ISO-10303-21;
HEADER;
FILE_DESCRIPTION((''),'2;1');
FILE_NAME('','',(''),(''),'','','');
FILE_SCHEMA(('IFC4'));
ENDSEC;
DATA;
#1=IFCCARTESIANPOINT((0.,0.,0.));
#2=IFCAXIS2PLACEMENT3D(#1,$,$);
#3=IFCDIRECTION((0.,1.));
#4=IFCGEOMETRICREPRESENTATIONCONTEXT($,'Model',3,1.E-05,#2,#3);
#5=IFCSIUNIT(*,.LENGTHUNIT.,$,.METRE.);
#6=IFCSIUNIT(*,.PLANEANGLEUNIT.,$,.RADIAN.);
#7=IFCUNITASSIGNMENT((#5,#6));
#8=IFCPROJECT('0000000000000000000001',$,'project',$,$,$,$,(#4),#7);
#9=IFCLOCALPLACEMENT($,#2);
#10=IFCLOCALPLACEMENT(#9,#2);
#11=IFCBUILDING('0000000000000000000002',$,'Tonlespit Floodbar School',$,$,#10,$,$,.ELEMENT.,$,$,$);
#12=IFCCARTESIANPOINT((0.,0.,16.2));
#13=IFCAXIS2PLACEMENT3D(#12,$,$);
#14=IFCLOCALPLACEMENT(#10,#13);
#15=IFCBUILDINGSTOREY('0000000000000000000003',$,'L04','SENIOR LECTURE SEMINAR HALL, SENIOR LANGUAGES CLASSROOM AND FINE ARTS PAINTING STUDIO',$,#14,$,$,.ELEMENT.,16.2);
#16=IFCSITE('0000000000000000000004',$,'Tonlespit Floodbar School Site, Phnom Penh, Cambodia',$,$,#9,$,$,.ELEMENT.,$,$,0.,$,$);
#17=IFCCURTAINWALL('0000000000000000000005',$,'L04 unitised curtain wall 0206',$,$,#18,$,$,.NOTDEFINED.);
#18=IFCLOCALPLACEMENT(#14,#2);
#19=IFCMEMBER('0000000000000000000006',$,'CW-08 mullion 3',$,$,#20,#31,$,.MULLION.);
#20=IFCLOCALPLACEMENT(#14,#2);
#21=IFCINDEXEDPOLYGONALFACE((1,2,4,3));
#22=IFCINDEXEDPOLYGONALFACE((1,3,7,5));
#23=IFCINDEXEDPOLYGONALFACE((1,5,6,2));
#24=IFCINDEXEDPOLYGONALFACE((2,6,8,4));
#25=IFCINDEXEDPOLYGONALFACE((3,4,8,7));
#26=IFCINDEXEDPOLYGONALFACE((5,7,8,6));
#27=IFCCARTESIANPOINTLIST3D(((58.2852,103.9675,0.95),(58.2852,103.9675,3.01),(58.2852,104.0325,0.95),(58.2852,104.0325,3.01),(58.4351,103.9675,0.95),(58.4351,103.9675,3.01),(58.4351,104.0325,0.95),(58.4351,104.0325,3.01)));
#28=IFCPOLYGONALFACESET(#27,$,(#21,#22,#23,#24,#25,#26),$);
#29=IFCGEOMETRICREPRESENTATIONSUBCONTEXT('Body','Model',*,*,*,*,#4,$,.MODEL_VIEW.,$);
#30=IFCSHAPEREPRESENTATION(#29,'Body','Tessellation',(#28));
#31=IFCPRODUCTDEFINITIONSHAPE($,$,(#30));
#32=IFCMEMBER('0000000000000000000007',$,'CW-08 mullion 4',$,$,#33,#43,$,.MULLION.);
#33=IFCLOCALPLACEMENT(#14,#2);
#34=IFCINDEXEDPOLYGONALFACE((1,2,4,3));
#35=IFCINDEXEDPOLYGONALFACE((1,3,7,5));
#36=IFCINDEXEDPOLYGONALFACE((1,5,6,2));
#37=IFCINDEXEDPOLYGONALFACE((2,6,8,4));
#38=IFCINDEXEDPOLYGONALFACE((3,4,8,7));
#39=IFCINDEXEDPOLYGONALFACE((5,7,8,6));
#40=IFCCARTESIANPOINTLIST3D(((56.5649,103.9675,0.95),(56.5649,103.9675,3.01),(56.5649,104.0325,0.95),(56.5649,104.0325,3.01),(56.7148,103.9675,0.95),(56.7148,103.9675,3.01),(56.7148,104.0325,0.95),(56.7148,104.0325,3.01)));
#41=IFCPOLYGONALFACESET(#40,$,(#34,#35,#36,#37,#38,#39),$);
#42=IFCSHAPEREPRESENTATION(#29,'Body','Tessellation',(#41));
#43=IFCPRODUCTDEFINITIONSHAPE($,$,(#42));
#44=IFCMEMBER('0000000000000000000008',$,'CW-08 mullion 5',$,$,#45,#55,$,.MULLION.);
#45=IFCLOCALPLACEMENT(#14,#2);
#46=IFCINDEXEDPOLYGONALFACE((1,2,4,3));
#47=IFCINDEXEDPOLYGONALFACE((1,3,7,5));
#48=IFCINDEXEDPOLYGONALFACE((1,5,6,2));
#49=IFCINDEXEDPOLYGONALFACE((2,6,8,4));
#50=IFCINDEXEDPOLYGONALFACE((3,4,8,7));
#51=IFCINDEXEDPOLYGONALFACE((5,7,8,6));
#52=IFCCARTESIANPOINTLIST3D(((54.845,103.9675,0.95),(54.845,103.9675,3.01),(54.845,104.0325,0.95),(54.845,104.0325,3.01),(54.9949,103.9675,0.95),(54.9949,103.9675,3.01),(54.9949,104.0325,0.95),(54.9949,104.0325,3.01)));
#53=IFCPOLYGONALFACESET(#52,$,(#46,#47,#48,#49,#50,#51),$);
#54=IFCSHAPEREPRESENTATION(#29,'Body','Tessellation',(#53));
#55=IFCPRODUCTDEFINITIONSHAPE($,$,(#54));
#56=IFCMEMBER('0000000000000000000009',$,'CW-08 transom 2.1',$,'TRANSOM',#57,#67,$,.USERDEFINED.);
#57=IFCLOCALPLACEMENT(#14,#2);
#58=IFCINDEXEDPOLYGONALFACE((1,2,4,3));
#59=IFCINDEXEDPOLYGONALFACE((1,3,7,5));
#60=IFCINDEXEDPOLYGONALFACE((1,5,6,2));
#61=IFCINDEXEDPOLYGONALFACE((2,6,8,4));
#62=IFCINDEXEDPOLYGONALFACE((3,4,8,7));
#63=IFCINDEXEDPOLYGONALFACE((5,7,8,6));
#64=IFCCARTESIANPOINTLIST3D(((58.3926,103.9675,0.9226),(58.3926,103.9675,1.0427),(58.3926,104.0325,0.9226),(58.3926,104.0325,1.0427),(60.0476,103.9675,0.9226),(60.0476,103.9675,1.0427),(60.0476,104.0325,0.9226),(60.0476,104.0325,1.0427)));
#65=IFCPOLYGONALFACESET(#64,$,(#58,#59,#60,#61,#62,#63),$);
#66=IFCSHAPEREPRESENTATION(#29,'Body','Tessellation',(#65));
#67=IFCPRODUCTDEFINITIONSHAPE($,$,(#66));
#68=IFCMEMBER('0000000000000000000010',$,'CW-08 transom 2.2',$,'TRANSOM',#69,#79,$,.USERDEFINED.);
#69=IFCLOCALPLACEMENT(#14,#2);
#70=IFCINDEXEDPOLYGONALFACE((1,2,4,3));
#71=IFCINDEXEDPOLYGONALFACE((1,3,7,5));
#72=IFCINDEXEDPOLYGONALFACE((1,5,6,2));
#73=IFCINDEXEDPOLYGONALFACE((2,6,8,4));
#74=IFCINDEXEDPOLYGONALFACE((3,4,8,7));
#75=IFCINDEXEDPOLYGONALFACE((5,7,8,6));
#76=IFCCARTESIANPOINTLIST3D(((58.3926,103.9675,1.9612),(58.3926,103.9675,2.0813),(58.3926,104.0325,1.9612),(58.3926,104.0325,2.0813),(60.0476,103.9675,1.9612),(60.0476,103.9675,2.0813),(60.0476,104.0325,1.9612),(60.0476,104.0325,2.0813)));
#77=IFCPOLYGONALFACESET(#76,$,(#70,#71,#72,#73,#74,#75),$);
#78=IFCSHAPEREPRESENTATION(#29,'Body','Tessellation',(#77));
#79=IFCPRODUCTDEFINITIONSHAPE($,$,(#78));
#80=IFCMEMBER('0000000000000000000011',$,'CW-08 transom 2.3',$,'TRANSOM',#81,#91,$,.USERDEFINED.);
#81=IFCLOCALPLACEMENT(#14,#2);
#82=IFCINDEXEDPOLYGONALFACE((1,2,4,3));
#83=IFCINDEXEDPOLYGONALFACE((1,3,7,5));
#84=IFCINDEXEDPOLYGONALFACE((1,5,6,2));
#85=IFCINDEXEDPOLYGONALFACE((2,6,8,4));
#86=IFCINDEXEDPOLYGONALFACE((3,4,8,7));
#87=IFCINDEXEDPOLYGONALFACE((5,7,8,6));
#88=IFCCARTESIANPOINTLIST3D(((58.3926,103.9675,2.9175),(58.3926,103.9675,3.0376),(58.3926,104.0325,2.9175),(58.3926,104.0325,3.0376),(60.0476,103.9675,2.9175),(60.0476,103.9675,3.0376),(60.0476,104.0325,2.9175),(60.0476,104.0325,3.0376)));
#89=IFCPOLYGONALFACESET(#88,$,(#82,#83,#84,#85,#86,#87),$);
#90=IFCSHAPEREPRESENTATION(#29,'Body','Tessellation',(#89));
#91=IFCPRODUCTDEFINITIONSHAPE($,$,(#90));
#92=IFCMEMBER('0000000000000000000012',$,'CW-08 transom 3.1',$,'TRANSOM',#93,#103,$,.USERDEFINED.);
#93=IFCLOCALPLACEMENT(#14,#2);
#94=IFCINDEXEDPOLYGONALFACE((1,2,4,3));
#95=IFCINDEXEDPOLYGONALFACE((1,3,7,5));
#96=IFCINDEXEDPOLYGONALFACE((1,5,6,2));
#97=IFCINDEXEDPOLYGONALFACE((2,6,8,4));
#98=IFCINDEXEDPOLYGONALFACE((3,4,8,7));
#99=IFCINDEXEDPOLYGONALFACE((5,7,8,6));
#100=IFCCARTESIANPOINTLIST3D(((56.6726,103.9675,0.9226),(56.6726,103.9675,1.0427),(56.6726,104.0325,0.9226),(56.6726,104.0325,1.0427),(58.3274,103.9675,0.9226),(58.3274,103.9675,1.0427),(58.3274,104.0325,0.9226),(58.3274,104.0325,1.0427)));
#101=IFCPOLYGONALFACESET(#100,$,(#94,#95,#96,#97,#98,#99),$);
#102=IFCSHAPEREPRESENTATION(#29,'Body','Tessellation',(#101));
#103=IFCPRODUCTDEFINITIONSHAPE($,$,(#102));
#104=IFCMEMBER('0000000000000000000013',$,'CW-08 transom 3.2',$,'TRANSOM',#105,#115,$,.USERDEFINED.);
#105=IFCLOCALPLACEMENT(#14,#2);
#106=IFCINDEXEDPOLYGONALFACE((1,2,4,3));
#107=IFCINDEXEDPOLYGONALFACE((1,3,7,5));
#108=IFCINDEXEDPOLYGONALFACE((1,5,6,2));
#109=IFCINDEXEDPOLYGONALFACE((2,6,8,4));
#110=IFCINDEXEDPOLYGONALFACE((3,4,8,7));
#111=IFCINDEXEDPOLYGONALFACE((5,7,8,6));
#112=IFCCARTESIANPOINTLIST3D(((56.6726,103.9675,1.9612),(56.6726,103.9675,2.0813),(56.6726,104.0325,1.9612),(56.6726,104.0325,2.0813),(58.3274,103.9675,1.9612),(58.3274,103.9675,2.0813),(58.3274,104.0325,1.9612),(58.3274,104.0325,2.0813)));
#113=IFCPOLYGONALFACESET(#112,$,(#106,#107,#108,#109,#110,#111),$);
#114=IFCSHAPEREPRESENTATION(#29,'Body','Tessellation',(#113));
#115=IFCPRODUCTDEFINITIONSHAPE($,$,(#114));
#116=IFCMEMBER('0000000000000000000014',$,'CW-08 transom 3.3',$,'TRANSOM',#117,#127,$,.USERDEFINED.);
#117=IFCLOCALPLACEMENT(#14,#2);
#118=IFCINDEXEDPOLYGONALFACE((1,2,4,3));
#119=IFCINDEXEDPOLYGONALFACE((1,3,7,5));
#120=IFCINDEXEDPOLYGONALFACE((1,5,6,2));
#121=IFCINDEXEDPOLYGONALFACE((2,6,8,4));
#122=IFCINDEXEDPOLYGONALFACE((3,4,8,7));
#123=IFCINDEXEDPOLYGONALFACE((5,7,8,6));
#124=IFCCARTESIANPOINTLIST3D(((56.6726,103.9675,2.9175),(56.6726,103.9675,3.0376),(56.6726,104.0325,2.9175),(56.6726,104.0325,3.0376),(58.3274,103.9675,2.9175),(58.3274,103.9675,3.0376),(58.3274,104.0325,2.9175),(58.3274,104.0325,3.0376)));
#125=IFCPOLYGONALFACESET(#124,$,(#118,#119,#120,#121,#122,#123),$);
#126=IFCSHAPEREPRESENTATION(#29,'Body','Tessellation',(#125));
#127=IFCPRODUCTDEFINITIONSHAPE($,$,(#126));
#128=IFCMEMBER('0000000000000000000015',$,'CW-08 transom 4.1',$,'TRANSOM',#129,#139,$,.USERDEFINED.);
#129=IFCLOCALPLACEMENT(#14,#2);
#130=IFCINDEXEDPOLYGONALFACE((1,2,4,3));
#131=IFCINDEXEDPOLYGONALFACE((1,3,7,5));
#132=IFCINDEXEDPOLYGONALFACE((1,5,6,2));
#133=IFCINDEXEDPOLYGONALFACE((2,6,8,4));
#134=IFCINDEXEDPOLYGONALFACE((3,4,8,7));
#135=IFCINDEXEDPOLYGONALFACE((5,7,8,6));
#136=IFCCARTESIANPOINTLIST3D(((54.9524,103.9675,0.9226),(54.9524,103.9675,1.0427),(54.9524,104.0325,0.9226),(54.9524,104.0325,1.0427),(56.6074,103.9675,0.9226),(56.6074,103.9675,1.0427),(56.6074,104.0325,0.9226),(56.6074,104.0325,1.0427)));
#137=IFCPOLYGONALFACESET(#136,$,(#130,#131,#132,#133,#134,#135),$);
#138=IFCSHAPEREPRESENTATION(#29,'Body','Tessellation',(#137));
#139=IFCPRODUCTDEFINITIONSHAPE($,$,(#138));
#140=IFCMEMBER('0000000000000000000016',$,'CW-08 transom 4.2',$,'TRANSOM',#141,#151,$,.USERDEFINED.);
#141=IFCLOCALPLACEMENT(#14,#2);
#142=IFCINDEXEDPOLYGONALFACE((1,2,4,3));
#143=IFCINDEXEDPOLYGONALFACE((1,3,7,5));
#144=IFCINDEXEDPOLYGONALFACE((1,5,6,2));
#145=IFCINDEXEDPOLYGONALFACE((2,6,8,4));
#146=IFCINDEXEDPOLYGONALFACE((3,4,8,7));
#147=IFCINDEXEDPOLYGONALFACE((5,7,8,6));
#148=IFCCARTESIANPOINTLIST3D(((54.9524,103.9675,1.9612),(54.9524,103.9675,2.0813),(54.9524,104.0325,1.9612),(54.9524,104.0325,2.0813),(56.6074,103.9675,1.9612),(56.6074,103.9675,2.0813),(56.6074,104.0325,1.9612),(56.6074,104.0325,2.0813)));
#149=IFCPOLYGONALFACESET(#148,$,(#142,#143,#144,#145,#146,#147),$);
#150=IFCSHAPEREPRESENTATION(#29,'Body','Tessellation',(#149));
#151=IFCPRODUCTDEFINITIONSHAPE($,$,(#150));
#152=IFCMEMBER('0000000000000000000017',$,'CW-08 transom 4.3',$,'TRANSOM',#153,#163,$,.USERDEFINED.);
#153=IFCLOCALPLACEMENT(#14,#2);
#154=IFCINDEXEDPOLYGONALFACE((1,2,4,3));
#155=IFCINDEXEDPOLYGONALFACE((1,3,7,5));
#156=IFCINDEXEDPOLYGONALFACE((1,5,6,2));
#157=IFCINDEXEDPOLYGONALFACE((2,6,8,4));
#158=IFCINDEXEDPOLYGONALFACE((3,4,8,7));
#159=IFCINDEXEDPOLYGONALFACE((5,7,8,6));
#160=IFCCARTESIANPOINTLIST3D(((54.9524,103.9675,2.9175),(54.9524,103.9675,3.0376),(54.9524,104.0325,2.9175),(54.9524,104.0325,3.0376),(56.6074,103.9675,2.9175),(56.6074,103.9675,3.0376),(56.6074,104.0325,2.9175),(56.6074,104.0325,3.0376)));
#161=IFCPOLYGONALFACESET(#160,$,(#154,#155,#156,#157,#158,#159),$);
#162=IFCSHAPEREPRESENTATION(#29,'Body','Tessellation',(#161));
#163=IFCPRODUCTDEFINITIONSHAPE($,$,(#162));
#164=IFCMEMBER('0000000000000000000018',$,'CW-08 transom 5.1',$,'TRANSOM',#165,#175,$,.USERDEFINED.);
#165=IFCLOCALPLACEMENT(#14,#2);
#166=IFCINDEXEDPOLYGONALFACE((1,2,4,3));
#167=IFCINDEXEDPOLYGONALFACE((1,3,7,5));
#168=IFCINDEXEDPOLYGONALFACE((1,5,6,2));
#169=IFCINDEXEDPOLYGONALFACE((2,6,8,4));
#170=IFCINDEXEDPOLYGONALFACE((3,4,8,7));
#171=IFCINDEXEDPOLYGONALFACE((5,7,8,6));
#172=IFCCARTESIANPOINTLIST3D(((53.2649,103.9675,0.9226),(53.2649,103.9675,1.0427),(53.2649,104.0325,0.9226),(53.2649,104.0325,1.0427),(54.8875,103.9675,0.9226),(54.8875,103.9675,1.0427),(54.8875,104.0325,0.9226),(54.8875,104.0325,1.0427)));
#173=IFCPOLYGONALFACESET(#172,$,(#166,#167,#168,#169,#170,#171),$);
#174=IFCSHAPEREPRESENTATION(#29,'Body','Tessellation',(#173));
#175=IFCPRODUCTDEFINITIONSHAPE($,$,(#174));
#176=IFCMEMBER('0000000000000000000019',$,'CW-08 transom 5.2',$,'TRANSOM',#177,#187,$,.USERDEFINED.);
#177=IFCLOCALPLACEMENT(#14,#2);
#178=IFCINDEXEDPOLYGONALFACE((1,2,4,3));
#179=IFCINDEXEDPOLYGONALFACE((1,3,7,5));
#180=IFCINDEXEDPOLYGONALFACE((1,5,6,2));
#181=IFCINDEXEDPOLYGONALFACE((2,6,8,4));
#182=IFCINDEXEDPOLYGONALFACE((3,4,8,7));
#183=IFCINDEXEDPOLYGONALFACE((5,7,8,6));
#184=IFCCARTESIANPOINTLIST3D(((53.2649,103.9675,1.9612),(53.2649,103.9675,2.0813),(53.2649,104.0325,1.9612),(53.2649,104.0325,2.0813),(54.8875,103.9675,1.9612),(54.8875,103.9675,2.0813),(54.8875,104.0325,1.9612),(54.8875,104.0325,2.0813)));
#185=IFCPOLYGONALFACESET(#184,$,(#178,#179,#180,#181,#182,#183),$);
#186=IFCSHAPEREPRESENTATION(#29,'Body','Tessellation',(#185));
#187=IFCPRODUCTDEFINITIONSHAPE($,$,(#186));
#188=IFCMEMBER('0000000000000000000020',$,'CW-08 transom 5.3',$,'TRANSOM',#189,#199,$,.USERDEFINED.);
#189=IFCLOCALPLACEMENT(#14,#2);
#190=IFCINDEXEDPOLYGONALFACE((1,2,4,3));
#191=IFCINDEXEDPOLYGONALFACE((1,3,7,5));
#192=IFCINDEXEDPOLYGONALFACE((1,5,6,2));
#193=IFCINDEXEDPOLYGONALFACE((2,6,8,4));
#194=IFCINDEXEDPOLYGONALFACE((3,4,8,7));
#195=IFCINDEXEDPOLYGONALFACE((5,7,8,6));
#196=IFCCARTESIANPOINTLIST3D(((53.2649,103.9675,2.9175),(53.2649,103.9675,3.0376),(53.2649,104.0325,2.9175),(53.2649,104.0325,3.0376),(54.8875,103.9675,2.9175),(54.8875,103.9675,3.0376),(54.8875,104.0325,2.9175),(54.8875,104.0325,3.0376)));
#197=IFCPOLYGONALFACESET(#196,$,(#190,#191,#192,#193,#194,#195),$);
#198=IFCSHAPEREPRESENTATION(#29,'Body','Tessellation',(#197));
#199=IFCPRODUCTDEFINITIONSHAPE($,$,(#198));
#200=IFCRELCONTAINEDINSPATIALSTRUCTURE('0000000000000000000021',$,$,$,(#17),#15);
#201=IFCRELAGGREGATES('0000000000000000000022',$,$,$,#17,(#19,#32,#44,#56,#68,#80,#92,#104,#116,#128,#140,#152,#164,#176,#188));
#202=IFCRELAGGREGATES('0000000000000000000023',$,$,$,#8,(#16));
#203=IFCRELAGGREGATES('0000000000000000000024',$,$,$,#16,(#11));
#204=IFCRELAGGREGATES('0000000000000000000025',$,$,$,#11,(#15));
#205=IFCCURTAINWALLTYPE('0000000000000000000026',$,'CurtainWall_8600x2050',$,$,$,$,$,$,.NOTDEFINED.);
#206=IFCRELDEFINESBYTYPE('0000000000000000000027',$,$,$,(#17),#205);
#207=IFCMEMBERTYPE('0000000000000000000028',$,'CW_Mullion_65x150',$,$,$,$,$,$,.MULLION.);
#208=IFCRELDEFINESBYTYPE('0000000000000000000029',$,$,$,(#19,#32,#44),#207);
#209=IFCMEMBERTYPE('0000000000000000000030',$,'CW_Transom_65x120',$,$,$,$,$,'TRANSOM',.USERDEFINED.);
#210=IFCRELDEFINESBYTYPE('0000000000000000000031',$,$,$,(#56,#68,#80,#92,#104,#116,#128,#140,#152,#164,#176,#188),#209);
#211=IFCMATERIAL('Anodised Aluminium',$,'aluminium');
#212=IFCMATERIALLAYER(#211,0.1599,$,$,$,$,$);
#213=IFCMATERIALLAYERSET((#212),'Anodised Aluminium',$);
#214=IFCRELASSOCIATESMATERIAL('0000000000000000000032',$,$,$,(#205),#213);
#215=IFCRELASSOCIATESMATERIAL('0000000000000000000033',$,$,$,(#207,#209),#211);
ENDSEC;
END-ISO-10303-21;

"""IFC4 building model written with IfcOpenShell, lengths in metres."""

from ifc_helpers import new_model, si_unit, direction, frame, origin, origin_2d, place, context, subcontext, project, spatial, rectangle, extrude, material, layer, layer_set, material_profile, profile_set, type_object, element, aggregate, save


model = new_model("IFC4")

# Units and contexts
model_context = context("Model", 3, precision=1e-05, world=origin(), true_north=direction((0.0, 1.0)))
body_context = subcontext(model_context, "Body", "Model", "MODEL_VIEW")
ifc_project = project(units=[si_unit("LENGTHUNIT", "METRE"), si_unit("PLANEANGLEUNIT", "RADIAN")], contexts=[model_context])

# Site, building, storey
site_placement = place(None, origin())
site = spatial("IfcSite", under=ifc_project, at=site_placement, Name="Tonlespit Floodbar School Site, Phnom Penh, Cambodia", CompositionType="ELEMENT", RefElevation=0.0)
building_placement = place(site_placement, origin())
building = spatial("IfcBuilding", under=site, at=building_placement, Name="Tonlespit Floodbar School", CompositionType="ELEMENT")
storey_placement = place(building_placement, frame((0.0, 0.0, 16.2)))
storey = spatial("IfcBuildingStorey", under=building, at=storey_placement, Name="L04", Description="SENIOR LECTURE SEMINAR HALL, SENIOR LANGUAGES CLASSROOM AND FINE ARTS PAINTING STUDIO", CompositionType="ELEMENT", Elevation=16.2)

# Curtain wall, members
ifc_material_1 = material(Name="Anodised Aluminium", Category="aluminium")
ifc_layer_1 = layer(ifc_material_1, 0.1599)
ifc_layer_set_1 = layer_set([ifc_layer_1], Name="Anodised Aluminium")
curtain_wall_type = type_object("IfcCurtainWallType", Name="CurtainWall_8600x2050", PredefinedType="NOTDEFINED", material=ifc_layer_set_1)
curtain_wall_placement = place(storey_placement, origin())
curtain_wall = element("IfcCurtainWall", 1, at=curtain_wall_placement, inside=storey, type_object=curtain_wall_type, Name="L04 unitised curtain wall 0206", PredefinedType="NOTDEFINED")
ifc_material_profile_1 = material_profile(ifc_material_1, rectangle(XDim=0.0649, YDim=0.1499, at=origin_2d()), Name="ALU M65x150")
ifc_profile_set_1 = profile_set([ifc_material_profile_1], Name="Anodised Aluminium")
member_type_1 = type_object("IfcMemberType", Name="CW_Mullion_65x150", PredefinedType="MULLION", material=ifc_profile_set_1)
member_1_placement = place(storey_placement, frame((58.3601, 104.0, 0.95), z_axis=(0.0, 0.0, 1.0), x_axis=(0.0, -1.0, 0.0)))
member_1 = element("IfcMember", 2, at=member_1_placement, type_object=member_type_1, Name="CW-08 mullion 3", PredefinedType="MULLION", context=body_context, shape_type="SweptSolid", body=[
    extrude(rectangle(XDim=0.0649, YDim=0.1499, at=origin_2d()), origin(), (0.0, 0.0, 1.0), 2.0601),
])
member_2_placement = place(storey_placement, frame((56.6399, 104.0, 0.95), z_axis=(0.0, 0.0, 1.0), x_axis=(0.0, -1.0, 0.0)))
member_2 = element("IfcMember", 3, at=member_2_placement, type_object=member_type_1, Name="CW-08 mullion 4", PredefinedType="MULLION", context=body_context, shape_type="SweptSolid", body=[
    extrude(rectangle(XDim=0.0649, YDim=0.1499, at=origin_2d()), origin(), (0.0, 0.0, 1.0), 2.0601),
])
member_3_placement = place(storey_placement, frame((54.9199, 104.0, 0.95), z_axis=(0.0, 0.0, 1.0), x_axis=(0.0, -1.0, 0.0)))
member_3 = element("IfcMember", 4, at=member_3_placement, type_object=member_type_1, Name="CW-08 mullion 5", PredefinedType="MULLION", context=body_context, shape_type="SweptSolid", body=[
    extrude(rectangle(XDim=0.0649, YDim=0.1499, at=origin_2d()), origin(), (0.0, 0.0, 1.0), 2.0601),
])
ifc_material_profile_2 = material_profile(ifc_material_1, rectangle(XDim=0.0649, YDim=0.1201, at=origin_2d()), Name="ALU T65x120")
ifc_profile_set_2 = profile_set([ifc_material_profile_2], Name="Anodised Aluminium")
member_type_2 = type_object("IfcMemberType", Name="CW_Transom_65x120", ElementType="TRANSOM", PredefinedType="USERDEFINED", material=ifc_profile_set_2)
member_4_placement = place(storey_placement, frame((60.0476, 104.0, 0.9827), z_axis=(-1.0, 0.0, 0.0), x_axis=(0.0, -1.0, 0.0)))
member_4 = element("IfcMember", 5, at=member_4_placement, type_object=member_type_2, Name="CW-08 transom 2.1", ObjectType="TRANSOM", PredefinedType="USERDEFINED", context=body_context, shape_type="SweptSolid", body=[
    extrude(rectangle(XDim=0.0649, YDim=0.1201, at=origin_2d()), origin(), (0.0, 0.0, 1.0), 1.655),
])
member_5_placement = place(storey_placement, frame((60.0476, 104.0, 2.0212), z_axis=(-1.0, 0.0, 0.0), x_axis=(0.0, -1.0, 0.0)))
member_5 = element("IfcMember", 6, at=member_5_placement, type_object=member_type_2, Name="CW-08 transom 2.2", ObjectType="TRANSOM", PredefinedType="USERDEFINED", context=body_context, shape_type="SweptSolid", body=[
    extrude(rectangle(XDim=0.0649, YDim=0.1201, at=origin_2d()), origin(), (0.0, 0.0, 1.0), 1.655),
])
member_6_placement = place(storey_placement, frame((60.0476, 104.0, 2.9775), z_axis=(-1.0, 0.0, 0.0), x_axis=(0.0, -1.0, 0.0)))
member_6 = element("IfcMember", 7, at=member_6_placement, type_object=member_type_2, Name="CW-08 transom 2.3", ObjectType="TRANSOM", PredefinedType="USERDEFINED", context=body_context, shape_type="SweptSolid", body=[
    extrude(rectangle(XDim=0.0649, YDim=0.1201, at=origin_2d()), origin(), (0.0, 0.0, 1.0), 1.655),
])
member_7_placement = place(storey_placement, frame((58.3274, 104.0, 0.9827), z_axis=(-1.0, 0.0, 0.0), x_axis=(0.0, -1.0, 0.0)))
member_7 = element("IfcMember", 8, at=member_7_placement, type_object=member_type_2, Name="CW-08 transom 3.1", ObjectType="TRANSOM", PredefinedType="USERDEFINED", context=body_context, shape_type="SweptSolid", body=[
    extrude(rectangle(XDim=0.0649, YDim=0.1201, at=origin_2d()), origin(), (0.0, 0.0, 1.0), 1.6548),
])
member_8_placement = place(storey_placement, frame((58.3274, 104.0, 2.0212), z_axis=(-1.0, 0.0, 0.0), x_axis=(0.0, -1.0, 0.0)))
member_8 = element("IfcMember", 9, at=member_8_placement, type_object=member_type_2, Name="CW-08 transom 3.2", ObjectType="TRANSOM", PredefinedType="USERDEFINED", context=body_context, shape_type="SweptSolid", body=[
    extrude(rectangle(XDim=0.0649, YDim=0.1201, at=origin_2d()), origin(), (0.0, 0.0, 1.0), 1.6548),
])
member_9_placement = place(storey_placement, frame((58.3274, 104.0, 2.9775), z_axis=(-1.0, 0.0, 0.0), x_axis=(0.0, -1.0, 0.0)))
member_9 = element("IfcMember", 10, at=member_9_placement, type_object=member_type_2, Name="CW-08 transom 3.3", ObjectType="TRANSOM", PredefinedType="USERDEFINED", context=body_context, shape_type="SweptSolid", body=[
    extrude(rectangle(XDim=0.0649, YDim=0.1201, at=origin_2d()), origin(), (0.0, 0.0, 1.0), 1.6548),
])
member_10_placement = place(storey_placement, frame((56.6074, 104.0, 0.9827), z_axis=(-1.0, 0.0, 0.0), x_axis=(0.0, -1.0, 0.0)))
member_10 = element("IfcMember", 11, at=member_10_placement, type_object=member_type_2, Name="CW-08 transom 4.1", ObjectType="TRANSOM", PredefinedType="USERDEFINED", context=body_context, shape_type="SweptSolid", body=[
    extrude(rectangle(XDim=0.0649, YDim=0.1201, at=origin_2d()), origin(), (0.0, 0.0, 1.0), 1.655),
])
member_11_placement = place(storey_placement, frame((56.6074, 104.0, 2.0212), z_axis=(-1.0, 0.0, 0.0), x_axis=(0.0, -1.0, 0.0)))
member_11 = element("IfcMember", 12, at=member_11_placement, type_object=member_type_2, Name="CW-08 transom 4.2", ObjectType="TRANSOM", PredefinedType="USERDEFINED", context=body_context, shape_type="SweptSolid", body=[
    extrude(rectangle(XDim=0.0649, YDim=0.1201, at=origin_2d()), origin(), (0.0, 0.0, 1.0), 1.655),
])
member_12_placement = place(storey_placement, frame((56.6074, 104.0, 2.9775), z_axis=(-1.0, 0.0, 0.0), x_axis=(0.0, -1.0, 0.0)))
member_12 = element("IfcMember", 13, at=member_12_placement, type_object=member_type_2, Name="CW-08 transom 4.3", ObjectType="TRANSOM", PredefinedType="USERDEFINED", context=body_context, shape_type="SweptSolid", body=[
    extrude(rectangle(XDim=0.0649, YDim=0.1201, at=origin_2d()), origin(), (0.0, 0.0, 1.0), 1.655),
])
member_13_placement = place(storey_placement, frame((54.8875, 104.0, 0.9827), z_axis=(-1.0, 0.0, 0.0), x_axis=(0.0, -1.0, 0.0)))
member_13 = element("IfcMember", 14, at=member_13_placement, type_object=member_type_2, Name="CW-08 transom 5.1", ObjectType="TRANSOM", PredefinedType="USERDEFINED", context=body_context, shape_type="SweptSolid", body=[
    extrude(rectangle(XDim=0.0649, YDim=0.1201, at=origin_2d()), origin(), (0.0, 0.0, 1.0), 1.6226),
])
member_14_placement = place(storey_placement, frame((54.8875, 104.0, 2.0212), z_axis=(-1.0, 0.0, 0.0), x_axis=(0.0, -1.0, 0.0)))
member_14 = element("IfcMember", 15, at=member_14_placement, type_object=member_type_2, Name="CW-08 transom 5.2", ObjectType="TRANSOM", PredefinedType="USERDEFINED", context=body_context, shape_type="SweptSolid", body=[
    extrude(rectangle(XDim=0.0649, YDim=0.1201, at=origin_2d()), origin(), (0.0, 0.0, 1.0), 1.6226),
])
member_15_placement = place(storey_placement, frame((54.8875, 104.0, 2.9775), z_axis=(-1.0, 0.0, 0.0), x_axis=(0.0, -1.0, 0.0)))
member_15 = element("IfcMember", 16, at=member_15_placement, type_object=member_type_2, Name="CW-08 transom 5.3", ObjectType="TRANSOM", PredefinedType="USERDEFINED", context=body_context, shape_type="SweptSolid", body=[
    extrude(rectangle(XDim=0.0649, YDim=0.1201, at=origin_2d()), origin(), (0.0, 0.0, 1.0), 1.6226),
])
aggregate(curtain_wall, [member_1, member_2, member_3, member_4, member_5, member_6, member_7, member_8, member_9, member_10, member_11, member_12, member_13, member_14, member_15])

save(model, "model.ifc")
